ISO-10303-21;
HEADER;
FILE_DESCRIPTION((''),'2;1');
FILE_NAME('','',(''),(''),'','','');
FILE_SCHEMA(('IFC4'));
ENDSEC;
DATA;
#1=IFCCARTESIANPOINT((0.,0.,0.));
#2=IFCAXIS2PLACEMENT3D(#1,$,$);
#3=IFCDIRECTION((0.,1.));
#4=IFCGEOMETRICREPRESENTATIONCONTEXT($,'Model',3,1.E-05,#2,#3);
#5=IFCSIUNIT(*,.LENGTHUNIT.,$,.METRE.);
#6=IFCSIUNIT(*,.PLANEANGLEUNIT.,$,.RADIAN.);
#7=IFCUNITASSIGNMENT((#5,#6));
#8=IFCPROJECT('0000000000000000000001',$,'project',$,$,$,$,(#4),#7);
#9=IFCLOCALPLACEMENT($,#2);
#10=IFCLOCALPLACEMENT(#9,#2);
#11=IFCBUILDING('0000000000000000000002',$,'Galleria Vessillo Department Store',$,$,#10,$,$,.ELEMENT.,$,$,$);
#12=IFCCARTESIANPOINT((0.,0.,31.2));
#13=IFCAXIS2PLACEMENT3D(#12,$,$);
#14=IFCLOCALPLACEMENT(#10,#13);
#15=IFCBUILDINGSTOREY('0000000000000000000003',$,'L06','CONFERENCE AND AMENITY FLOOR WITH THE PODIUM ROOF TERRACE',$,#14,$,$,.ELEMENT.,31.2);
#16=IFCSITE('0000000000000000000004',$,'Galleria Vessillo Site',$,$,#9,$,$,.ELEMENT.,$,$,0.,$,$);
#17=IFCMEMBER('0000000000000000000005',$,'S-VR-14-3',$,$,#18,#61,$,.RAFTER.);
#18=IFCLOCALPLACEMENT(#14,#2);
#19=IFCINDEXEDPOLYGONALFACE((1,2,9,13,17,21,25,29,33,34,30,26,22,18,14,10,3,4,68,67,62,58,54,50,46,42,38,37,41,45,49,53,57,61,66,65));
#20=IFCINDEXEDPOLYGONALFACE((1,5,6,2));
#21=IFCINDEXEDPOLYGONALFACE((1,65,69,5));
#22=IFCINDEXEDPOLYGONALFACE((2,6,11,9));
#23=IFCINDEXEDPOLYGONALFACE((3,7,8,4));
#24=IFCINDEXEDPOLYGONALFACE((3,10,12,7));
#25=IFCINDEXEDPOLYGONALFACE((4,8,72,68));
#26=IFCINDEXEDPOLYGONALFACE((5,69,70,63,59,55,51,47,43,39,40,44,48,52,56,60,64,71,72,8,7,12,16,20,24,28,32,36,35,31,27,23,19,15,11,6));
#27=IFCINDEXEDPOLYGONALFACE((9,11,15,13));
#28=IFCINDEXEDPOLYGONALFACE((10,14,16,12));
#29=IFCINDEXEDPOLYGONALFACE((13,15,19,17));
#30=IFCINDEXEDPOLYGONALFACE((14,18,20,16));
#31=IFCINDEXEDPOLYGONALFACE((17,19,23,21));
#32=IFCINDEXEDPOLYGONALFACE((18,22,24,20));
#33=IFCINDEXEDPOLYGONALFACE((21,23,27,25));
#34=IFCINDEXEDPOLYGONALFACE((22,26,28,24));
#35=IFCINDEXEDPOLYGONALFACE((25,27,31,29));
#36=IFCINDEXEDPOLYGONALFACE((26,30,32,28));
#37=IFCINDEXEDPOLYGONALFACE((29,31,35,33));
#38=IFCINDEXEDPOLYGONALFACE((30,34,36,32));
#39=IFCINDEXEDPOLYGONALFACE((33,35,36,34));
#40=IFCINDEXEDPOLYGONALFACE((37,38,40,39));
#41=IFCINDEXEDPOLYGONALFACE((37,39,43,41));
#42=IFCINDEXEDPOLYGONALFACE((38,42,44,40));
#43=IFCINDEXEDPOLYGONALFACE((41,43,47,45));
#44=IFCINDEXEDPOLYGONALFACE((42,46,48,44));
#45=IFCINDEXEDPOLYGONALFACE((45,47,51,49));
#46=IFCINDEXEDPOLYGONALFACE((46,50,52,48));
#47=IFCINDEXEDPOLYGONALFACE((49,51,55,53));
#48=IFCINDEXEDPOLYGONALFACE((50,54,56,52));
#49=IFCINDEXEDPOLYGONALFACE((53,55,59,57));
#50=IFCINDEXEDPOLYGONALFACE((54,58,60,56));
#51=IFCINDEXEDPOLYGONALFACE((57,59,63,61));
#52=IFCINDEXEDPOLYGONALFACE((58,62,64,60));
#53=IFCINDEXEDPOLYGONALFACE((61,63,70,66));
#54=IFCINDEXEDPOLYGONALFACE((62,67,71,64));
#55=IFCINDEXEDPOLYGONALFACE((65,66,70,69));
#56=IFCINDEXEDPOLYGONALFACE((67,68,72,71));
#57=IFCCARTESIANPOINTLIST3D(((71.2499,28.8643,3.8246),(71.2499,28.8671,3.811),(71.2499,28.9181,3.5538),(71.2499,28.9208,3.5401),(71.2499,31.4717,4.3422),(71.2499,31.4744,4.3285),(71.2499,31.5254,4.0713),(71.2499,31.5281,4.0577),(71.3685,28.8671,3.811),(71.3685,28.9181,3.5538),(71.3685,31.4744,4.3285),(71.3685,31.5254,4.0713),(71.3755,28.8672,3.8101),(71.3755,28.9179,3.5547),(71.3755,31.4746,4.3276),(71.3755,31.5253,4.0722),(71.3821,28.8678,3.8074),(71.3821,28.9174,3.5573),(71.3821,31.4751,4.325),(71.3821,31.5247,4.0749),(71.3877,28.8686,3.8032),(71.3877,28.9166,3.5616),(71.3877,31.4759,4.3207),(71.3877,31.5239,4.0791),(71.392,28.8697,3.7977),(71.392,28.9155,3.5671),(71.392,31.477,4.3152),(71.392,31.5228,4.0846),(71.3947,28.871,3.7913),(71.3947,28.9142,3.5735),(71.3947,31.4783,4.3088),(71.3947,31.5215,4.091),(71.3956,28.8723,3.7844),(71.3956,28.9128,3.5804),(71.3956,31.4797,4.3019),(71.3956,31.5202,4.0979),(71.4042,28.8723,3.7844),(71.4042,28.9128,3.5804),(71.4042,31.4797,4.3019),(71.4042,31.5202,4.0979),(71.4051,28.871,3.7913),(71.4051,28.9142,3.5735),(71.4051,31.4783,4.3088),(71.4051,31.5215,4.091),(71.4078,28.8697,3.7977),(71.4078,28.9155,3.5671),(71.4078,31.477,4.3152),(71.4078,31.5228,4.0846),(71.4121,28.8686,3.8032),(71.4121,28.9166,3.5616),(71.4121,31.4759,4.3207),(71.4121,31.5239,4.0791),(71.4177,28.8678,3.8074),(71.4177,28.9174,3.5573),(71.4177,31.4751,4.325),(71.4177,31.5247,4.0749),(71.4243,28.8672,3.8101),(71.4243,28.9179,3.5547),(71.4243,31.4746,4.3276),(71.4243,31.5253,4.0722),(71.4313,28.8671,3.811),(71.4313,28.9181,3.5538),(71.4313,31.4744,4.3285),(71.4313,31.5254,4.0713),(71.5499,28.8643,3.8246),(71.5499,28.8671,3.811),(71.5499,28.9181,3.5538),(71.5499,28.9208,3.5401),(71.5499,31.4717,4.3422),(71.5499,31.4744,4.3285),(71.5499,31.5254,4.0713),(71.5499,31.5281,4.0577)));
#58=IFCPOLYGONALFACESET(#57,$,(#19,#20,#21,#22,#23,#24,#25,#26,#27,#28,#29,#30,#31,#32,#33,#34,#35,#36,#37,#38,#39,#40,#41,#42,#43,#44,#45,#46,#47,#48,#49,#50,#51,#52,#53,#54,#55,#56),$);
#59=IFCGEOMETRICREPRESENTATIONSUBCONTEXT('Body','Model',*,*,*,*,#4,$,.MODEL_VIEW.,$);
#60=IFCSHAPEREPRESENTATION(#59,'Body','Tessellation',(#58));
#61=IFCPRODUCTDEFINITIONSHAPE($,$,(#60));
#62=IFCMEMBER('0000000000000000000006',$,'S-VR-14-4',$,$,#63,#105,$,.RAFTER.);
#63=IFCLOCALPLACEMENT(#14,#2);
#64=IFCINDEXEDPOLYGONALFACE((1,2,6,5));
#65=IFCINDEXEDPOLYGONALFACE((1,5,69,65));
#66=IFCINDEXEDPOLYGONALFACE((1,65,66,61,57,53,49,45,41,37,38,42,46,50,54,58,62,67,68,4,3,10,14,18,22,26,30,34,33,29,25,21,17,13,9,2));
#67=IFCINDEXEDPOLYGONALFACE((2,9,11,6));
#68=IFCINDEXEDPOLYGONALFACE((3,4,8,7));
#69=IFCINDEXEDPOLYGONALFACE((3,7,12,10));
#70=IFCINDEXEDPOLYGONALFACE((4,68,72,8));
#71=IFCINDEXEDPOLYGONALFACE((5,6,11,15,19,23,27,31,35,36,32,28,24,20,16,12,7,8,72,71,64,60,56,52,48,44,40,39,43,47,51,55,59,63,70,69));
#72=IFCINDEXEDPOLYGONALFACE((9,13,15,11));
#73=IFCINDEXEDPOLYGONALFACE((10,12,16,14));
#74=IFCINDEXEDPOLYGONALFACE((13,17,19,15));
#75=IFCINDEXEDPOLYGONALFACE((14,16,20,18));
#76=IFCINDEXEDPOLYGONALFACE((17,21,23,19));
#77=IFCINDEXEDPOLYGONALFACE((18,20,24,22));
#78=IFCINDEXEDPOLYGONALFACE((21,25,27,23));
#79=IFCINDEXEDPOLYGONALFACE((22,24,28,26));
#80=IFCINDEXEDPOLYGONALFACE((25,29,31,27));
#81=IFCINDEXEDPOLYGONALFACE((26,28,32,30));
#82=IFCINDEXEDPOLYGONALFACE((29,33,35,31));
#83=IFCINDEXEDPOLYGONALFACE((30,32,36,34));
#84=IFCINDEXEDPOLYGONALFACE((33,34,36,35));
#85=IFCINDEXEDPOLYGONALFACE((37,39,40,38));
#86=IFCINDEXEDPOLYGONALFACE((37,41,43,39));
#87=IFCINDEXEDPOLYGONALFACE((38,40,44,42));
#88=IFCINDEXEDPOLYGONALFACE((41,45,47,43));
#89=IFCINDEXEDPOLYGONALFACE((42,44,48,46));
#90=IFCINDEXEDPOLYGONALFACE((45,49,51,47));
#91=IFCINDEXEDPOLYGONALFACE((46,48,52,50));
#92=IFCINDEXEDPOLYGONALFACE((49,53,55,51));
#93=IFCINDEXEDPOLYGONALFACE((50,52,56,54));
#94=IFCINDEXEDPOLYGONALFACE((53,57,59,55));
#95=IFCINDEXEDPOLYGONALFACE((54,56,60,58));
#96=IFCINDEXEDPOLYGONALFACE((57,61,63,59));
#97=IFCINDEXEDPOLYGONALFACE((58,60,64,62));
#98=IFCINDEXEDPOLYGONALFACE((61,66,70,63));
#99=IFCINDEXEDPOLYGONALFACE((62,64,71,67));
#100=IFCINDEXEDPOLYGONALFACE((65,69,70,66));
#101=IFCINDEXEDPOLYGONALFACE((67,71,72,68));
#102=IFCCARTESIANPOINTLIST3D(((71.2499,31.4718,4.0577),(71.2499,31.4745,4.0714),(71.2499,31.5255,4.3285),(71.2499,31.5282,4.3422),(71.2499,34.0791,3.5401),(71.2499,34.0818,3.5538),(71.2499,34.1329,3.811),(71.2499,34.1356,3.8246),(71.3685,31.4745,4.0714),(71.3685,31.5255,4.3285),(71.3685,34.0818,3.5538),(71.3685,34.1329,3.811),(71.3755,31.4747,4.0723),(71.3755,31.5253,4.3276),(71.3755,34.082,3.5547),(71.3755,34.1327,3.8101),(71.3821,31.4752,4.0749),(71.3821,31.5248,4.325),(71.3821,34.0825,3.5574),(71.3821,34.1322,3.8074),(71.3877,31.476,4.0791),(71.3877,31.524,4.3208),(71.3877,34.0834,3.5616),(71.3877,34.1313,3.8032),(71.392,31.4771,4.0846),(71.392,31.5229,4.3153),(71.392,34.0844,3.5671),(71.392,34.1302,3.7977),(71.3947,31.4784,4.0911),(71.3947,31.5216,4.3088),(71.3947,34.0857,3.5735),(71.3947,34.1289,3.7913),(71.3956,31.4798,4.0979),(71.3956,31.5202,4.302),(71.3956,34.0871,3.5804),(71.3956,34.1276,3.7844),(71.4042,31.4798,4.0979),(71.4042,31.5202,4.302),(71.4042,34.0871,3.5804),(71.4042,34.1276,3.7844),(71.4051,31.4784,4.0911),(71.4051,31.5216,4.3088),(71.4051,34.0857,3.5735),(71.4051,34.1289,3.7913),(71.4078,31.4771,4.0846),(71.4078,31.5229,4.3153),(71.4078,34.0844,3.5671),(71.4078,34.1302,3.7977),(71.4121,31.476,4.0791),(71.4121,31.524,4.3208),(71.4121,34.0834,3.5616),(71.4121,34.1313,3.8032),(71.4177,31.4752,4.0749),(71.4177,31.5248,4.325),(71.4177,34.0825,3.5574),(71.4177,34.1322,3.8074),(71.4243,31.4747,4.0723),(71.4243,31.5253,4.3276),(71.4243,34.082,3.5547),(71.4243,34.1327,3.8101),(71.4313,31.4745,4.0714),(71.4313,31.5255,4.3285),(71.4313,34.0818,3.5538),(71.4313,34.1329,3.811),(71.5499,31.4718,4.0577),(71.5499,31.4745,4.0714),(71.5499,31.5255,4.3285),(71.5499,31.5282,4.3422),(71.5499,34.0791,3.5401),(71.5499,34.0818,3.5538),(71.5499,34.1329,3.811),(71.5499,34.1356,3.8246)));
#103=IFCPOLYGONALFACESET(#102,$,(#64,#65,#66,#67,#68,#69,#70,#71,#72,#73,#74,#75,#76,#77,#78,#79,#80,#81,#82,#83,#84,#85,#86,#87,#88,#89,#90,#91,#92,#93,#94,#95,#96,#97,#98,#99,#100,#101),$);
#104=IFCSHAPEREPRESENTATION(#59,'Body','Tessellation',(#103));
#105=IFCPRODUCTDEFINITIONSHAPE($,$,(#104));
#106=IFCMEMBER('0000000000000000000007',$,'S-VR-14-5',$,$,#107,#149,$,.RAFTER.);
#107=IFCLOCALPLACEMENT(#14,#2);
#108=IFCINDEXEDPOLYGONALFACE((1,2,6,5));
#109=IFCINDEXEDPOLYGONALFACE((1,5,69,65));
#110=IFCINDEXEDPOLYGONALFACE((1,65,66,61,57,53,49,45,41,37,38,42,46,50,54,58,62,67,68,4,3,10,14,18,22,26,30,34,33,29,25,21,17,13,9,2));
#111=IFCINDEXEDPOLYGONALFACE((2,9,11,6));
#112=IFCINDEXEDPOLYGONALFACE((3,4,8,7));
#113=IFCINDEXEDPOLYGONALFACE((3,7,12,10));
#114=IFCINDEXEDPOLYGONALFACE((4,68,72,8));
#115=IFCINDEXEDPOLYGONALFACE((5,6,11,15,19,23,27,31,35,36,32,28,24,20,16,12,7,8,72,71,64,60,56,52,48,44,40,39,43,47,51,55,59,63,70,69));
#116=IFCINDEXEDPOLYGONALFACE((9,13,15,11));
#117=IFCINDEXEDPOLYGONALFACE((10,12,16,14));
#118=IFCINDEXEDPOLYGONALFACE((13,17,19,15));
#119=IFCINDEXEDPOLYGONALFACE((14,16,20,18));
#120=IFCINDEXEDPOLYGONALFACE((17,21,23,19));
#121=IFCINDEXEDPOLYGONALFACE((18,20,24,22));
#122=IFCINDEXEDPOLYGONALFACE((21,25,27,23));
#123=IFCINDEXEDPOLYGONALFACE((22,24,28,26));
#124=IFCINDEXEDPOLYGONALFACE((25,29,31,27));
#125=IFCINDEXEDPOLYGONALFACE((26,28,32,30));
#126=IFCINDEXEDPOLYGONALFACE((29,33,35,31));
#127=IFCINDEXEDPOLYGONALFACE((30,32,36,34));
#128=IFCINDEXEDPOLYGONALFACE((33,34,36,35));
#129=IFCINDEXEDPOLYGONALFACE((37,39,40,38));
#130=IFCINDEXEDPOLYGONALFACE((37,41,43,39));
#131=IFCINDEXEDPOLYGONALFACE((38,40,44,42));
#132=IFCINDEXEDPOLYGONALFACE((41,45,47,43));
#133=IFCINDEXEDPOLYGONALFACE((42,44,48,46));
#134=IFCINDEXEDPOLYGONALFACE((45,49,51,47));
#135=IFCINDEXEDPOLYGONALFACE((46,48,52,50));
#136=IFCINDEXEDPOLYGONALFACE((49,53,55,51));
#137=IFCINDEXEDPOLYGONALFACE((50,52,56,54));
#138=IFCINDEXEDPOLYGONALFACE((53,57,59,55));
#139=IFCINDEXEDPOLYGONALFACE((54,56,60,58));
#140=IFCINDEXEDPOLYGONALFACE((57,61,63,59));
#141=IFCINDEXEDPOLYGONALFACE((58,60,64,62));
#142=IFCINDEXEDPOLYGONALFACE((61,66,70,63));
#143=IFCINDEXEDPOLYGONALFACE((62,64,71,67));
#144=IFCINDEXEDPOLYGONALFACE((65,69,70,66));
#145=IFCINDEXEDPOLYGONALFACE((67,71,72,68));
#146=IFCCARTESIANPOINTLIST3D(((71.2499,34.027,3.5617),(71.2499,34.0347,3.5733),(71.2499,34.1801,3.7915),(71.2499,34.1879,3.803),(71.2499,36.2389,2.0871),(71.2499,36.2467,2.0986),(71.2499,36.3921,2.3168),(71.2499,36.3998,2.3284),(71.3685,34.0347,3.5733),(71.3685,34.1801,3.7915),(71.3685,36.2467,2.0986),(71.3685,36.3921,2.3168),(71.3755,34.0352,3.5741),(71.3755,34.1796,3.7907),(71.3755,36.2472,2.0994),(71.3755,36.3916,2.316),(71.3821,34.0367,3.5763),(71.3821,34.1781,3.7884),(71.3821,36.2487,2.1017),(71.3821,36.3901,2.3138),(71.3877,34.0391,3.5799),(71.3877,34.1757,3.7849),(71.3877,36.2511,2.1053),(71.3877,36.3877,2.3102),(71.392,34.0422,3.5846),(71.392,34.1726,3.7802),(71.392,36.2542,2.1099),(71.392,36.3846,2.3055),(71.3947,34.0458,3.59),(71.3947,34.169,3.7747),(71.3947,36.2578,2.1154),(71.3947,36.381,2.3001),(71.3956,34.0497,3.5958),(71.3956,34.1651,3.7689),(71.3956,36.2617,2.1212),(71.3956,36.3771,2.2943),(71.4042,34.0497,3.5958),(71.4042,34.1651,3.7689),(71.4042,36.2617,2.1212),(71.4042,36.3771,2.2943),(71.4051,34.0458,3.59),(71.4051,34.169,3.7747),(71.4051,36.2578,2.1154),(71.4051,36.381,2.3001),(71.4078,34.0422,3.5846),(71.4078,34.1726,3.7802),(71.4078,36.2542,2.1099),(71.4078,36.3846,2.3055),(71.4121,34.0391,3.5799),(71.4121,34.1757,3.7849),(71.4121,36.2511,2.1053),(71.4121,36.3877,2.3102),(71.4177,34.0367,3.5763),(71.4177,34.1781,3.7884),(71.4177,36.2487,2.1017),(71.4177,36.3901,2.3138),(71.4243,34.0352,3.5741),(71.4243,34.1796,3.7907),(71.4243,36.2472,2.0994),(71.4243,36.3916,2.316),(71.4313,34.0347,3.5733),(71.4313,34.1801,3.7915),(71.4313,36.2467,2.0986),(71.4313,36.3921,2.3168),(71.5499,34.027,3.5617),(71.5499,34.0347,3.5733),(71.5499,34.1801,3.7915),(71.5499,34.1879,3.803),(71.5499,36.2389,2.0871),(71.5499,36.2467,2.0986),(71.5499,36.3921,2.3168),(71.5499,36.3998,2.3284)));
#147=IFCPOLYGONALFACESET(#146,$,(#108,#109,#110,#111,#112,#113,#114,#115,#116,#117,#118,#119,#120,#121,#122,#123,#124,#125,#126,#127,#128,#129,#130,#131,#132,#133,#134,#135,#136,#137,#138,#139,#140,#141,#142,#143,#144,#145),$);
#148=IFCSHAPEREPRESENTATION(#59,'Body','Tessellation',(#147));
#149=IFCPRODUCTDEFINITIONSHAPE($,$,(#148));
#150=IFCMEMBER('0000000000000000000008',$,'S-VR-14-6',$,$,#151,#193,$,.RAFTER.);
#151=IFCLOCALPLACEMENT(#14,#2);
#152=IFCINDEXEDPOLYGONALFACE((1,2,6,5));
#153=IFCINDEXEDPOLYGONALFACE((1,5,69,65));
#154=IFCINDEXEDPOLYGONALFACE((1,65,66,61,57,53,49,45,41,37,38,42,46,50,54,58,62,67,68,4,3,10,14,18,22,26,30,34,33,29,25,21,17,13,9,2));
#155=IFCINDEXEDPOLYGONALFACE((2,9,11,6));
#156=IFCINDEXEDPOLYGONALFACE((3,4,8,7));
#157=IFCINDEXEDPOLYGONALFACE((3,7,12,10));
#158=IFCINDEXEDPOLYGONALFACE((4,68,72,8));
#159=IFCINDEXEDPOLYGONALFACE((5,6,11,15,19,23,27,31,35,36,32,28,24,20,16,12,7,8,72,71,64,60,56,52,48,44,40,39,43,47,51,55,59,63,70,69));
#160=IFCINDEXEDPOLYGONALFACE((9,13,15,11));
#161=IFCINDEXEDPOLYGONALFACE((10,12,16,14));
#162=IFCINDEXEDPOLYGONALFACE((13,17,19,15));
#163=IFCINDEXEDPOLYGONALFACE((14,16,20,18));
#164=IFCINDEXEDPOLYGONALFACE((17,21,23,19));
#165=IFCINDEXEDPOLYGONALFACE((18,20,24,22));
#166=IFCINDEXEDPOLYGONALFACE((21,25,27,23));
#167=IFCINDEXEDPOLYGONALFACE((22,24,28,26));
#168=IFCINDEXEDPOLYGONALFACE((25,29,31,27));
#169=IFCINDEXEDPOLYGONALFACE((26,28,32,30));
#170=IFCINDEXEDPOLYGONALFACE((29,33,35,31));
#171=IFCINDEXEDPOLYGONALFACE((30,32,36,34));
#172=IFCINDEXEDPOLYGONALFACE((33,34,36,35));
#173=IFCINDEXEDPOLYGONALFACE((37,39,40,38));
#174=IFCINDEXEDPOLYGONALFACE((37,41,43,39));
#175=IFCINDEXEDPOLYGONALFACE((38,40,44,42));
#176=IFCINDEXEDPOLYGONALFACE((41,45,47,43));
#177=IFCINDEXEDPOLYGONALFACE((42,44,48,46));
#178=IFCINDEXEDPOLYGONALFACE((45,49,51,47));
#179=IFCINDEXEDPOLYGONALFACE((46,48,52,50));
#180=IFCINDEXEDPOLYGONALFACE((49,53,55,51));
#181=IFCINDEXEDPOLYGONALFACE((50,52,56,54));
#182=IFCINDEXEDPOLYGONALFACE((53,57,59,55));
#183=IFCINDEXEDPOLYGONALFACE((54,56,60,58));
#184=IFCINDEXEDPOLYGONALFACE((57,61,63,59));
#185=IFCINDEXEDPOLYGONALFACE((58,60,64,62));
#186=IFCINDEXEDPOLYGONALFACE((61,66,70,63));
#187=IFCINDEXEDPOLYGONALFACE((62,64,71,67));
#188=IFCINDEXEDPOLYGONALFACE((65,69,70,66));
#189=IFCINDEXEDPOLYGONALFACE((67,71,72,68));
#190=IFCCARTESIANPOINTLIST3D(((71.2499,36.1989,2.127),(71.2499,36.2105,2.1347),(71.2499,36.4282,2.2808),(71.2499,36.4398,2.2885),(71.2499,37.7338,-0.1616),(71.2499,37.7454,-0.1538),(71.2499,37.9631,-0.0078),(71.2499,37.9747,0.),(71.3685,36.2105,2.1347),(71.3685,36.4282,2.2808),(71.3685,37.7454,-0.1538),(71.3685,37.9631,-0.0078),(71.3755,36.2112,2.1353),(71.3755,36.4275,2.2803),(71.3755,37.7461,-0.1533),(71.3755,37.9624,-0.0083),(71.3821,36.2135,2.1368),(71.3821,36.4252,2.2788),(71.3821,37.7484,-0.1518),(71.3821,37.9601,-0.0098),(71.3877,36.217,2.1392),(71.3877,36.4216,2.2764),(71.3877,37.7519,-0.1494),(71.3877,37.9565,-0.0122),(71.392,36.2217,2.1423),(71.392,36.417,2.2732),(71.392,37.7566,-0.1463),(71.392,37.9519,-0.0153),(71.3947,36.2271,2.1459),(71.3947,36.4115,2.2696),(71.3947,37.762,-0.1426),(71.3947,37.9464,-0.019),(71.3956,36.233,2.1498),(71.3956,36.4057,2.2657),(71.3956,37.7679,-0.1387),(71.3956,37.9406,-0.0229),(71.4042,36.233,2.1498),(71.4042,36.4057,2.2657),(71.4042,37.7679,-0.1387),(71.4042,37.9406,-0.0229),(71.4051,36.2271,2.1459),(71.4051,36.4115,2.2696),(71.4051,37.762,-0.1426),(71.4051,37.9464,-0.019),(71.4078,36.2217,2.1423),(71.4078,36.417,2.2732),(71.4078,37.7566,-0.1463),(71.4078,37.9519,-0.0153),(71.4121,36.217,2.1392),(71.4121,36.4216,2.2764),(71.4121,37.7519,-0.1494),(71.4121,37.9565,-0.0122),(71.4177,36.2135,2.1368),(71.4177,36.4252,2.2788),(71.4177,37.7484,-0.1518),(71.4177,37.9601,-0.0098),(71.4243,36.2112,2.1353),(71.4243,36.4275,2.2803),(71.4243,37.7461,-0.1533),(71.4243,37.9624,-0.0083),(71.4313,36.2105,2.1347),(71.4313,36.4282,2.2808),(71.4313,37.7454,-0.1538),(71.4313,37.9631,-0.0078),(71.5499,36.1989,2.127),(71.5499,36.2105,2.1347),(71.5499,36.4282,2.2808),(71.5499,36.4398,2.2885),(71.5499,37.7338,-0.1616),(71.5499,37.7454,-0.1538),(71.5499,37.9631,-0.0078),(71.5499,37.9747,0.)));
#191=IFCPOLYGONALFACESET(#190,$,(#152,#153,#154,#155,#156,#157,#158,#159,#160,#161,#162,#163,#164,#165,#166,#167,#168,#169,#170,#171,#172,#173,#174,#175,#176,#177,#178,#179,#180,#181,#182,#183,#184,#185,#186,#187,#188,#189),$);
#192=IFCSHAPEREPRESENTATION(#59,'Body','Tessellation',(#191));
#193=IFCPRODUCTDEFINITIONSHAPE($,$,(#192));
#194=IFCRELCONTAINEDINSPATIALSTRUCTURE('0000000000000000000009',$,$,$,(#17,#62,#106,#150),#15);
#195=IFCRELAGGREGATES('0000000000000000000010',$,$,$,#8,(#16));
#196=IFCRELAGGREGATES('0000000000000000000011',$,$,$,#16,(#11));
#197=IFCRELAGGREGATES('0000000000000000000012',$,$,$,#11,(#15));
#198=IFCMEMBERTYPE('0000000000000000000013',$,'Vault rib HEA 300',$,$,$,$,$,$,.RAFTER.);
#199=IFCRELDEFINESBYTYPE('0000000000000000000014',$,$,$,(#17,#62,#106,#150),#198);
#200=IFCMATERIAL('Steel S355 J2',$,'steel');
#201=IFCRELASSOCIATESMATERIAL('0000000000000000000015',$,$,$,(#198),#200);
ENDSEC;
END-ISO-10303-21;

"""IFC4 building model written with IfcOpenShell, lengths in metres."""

from ifc_helpers import new_model, si_unit, direction, frame, origin, origin_2d, place, context, subcontext, project, spatial, i_section, extrude, material, material_profile, profile_set, type_object, element, save


model = new_model("IFC4")

# Units and contexts
model_context = context("Model", 3, precision=1e-05, world=origin(), true_north=direction((0.0, 1.0)))
body_context = subcontext(model_context, "Body", "Model", "MODEL_VIEW")
ifc_project = project(units=[si_unit("LENGTHUNIT", "METRE"), si_unit("PLANEANGLEUNIT", "RADIAN")], contexts=[model_context])

# Site, building, storey
site_placement = place(None, origin())
site = spatial("IfcSite", under=ifc_project, at=site_placement, Name="Galleria Vessillo Site", CompositionType="ELEMENT", RefElevation=0.0)
building_placement = place(site_placement, origin())
building = spatial("IfcBuilding", under=site, at=building_placement, Name="Galleria Vessillo Department Store", CompositionType="ELEMENT")
storey_placement = place(building_placement, frame((0.0, 0.0, 31.2)))
storey = spatial("IfcBuildingStorey", under=building, at=storey_placement, Name="L06", Description="CONFERENCE AND AMENITY FLOOR WITH THE PODIUM ROOF TERRACE", CompositionType="ELEMENT", Elevation=31.2)

# Members
ifc_material_1 = material(Name="Steel S355 J2", Category="steel")
ifc_material_profile_1 = material_profile(ifc_material_1, i_section(OverallWidth=0.3, OverallDepth=0.29, WebThickness=0.0085, FlangeThickness=0.0139, FilletRadius=0.0271, at=origin_2d()), Name="HEA 300")
ifc_profile_set_1 = profile_set([ifc_material_profile_1], Name="Steel S355 J2")
member_type_1 = type_object("IfcMemberType", Name="Vault rib HEA 300", PredefinedType="RAFTER", material=ifc_profile_set_1)
for number, where, z_axis, x_axis, name in (
    (1, (71.3999, 28.8926, 3.6824), (0.0, 0.980862, 0.194703), (-1.0, 0.0, 0.0), "S-VR-14-3"),
    (2, (71.3999, 31.5, 4.2), (0.0, 0.980862, -0.194703), (-1.0, 0.0, 0.0), "S-VR-14-4"),
):
    element("IfcMember", number, at=place(storey_placement, frame(where, z_axis=z_axis, x_axis=x_axis)), inside=storey, type_object=member_type_1, Name=name, PredefinedType="RAFTER", context=body_context, shape_type="SweptSolid", body=[
        extrude(i_section(OverallWidth=0.3, OverallDepth=0.29, WebThickness=0.0085, FlangeThickness=0.0139, FilletRadius=0.0271, at=origin_2d()), origin(), (0.0, 0.0, 1.0), 2.6582),
    ])
member_1_placement = place(storey_placement, frame((71.3999, 34.1074, 3.6824), z_axis=(0.0, 0.83205, -0.5547), x_axis=(-1.0, 0.0, 0.0)))
element("IfcMember", 3, at=member_1_placement, inside=storey, type_object=member_type_1, Name="S-VR-14-5", PredefinedType="RAFTER", context=body_context, shape_type="SweptSolid", body=[
    extrude(i_section(OverallWidth=0.3, OverallDepth=0.29, WebThickness=0.0085, FlangeThickness=0.0139, FilletRadius=0.0271, at=origin_2d()), origin(), (0.0, 0.0, 1.0), 2.6584),
])
for number, where, z_axis, x_axis, name in (
    (4, (71.3999, 36.3193, 2.2078), (0.0, 0.557008, -0.830507), (-1.0, 0.0, 0.0), "S-VR-14-6"),
):
    element("IfcMember", number, at=place(storey_placement, frame(where, z_axis=z_axis, x_axis=x_axis)), inside=storey, type_object=member_type_1, Name=name, PredefinedType="RAFTER", context=body_context, shape_type="SweptSolid", body=[
        extrude(i_section(OverallWidth=0.3, OverallDepth=0.29, WebThickness=0.0085, FlangeThickness=0.0139, FilletRadius=0.0271, at=origin_2d()), origin(), (0.0, 0.0, 1.0), 2.7556),
    ])

save(model, "model.ifc")
